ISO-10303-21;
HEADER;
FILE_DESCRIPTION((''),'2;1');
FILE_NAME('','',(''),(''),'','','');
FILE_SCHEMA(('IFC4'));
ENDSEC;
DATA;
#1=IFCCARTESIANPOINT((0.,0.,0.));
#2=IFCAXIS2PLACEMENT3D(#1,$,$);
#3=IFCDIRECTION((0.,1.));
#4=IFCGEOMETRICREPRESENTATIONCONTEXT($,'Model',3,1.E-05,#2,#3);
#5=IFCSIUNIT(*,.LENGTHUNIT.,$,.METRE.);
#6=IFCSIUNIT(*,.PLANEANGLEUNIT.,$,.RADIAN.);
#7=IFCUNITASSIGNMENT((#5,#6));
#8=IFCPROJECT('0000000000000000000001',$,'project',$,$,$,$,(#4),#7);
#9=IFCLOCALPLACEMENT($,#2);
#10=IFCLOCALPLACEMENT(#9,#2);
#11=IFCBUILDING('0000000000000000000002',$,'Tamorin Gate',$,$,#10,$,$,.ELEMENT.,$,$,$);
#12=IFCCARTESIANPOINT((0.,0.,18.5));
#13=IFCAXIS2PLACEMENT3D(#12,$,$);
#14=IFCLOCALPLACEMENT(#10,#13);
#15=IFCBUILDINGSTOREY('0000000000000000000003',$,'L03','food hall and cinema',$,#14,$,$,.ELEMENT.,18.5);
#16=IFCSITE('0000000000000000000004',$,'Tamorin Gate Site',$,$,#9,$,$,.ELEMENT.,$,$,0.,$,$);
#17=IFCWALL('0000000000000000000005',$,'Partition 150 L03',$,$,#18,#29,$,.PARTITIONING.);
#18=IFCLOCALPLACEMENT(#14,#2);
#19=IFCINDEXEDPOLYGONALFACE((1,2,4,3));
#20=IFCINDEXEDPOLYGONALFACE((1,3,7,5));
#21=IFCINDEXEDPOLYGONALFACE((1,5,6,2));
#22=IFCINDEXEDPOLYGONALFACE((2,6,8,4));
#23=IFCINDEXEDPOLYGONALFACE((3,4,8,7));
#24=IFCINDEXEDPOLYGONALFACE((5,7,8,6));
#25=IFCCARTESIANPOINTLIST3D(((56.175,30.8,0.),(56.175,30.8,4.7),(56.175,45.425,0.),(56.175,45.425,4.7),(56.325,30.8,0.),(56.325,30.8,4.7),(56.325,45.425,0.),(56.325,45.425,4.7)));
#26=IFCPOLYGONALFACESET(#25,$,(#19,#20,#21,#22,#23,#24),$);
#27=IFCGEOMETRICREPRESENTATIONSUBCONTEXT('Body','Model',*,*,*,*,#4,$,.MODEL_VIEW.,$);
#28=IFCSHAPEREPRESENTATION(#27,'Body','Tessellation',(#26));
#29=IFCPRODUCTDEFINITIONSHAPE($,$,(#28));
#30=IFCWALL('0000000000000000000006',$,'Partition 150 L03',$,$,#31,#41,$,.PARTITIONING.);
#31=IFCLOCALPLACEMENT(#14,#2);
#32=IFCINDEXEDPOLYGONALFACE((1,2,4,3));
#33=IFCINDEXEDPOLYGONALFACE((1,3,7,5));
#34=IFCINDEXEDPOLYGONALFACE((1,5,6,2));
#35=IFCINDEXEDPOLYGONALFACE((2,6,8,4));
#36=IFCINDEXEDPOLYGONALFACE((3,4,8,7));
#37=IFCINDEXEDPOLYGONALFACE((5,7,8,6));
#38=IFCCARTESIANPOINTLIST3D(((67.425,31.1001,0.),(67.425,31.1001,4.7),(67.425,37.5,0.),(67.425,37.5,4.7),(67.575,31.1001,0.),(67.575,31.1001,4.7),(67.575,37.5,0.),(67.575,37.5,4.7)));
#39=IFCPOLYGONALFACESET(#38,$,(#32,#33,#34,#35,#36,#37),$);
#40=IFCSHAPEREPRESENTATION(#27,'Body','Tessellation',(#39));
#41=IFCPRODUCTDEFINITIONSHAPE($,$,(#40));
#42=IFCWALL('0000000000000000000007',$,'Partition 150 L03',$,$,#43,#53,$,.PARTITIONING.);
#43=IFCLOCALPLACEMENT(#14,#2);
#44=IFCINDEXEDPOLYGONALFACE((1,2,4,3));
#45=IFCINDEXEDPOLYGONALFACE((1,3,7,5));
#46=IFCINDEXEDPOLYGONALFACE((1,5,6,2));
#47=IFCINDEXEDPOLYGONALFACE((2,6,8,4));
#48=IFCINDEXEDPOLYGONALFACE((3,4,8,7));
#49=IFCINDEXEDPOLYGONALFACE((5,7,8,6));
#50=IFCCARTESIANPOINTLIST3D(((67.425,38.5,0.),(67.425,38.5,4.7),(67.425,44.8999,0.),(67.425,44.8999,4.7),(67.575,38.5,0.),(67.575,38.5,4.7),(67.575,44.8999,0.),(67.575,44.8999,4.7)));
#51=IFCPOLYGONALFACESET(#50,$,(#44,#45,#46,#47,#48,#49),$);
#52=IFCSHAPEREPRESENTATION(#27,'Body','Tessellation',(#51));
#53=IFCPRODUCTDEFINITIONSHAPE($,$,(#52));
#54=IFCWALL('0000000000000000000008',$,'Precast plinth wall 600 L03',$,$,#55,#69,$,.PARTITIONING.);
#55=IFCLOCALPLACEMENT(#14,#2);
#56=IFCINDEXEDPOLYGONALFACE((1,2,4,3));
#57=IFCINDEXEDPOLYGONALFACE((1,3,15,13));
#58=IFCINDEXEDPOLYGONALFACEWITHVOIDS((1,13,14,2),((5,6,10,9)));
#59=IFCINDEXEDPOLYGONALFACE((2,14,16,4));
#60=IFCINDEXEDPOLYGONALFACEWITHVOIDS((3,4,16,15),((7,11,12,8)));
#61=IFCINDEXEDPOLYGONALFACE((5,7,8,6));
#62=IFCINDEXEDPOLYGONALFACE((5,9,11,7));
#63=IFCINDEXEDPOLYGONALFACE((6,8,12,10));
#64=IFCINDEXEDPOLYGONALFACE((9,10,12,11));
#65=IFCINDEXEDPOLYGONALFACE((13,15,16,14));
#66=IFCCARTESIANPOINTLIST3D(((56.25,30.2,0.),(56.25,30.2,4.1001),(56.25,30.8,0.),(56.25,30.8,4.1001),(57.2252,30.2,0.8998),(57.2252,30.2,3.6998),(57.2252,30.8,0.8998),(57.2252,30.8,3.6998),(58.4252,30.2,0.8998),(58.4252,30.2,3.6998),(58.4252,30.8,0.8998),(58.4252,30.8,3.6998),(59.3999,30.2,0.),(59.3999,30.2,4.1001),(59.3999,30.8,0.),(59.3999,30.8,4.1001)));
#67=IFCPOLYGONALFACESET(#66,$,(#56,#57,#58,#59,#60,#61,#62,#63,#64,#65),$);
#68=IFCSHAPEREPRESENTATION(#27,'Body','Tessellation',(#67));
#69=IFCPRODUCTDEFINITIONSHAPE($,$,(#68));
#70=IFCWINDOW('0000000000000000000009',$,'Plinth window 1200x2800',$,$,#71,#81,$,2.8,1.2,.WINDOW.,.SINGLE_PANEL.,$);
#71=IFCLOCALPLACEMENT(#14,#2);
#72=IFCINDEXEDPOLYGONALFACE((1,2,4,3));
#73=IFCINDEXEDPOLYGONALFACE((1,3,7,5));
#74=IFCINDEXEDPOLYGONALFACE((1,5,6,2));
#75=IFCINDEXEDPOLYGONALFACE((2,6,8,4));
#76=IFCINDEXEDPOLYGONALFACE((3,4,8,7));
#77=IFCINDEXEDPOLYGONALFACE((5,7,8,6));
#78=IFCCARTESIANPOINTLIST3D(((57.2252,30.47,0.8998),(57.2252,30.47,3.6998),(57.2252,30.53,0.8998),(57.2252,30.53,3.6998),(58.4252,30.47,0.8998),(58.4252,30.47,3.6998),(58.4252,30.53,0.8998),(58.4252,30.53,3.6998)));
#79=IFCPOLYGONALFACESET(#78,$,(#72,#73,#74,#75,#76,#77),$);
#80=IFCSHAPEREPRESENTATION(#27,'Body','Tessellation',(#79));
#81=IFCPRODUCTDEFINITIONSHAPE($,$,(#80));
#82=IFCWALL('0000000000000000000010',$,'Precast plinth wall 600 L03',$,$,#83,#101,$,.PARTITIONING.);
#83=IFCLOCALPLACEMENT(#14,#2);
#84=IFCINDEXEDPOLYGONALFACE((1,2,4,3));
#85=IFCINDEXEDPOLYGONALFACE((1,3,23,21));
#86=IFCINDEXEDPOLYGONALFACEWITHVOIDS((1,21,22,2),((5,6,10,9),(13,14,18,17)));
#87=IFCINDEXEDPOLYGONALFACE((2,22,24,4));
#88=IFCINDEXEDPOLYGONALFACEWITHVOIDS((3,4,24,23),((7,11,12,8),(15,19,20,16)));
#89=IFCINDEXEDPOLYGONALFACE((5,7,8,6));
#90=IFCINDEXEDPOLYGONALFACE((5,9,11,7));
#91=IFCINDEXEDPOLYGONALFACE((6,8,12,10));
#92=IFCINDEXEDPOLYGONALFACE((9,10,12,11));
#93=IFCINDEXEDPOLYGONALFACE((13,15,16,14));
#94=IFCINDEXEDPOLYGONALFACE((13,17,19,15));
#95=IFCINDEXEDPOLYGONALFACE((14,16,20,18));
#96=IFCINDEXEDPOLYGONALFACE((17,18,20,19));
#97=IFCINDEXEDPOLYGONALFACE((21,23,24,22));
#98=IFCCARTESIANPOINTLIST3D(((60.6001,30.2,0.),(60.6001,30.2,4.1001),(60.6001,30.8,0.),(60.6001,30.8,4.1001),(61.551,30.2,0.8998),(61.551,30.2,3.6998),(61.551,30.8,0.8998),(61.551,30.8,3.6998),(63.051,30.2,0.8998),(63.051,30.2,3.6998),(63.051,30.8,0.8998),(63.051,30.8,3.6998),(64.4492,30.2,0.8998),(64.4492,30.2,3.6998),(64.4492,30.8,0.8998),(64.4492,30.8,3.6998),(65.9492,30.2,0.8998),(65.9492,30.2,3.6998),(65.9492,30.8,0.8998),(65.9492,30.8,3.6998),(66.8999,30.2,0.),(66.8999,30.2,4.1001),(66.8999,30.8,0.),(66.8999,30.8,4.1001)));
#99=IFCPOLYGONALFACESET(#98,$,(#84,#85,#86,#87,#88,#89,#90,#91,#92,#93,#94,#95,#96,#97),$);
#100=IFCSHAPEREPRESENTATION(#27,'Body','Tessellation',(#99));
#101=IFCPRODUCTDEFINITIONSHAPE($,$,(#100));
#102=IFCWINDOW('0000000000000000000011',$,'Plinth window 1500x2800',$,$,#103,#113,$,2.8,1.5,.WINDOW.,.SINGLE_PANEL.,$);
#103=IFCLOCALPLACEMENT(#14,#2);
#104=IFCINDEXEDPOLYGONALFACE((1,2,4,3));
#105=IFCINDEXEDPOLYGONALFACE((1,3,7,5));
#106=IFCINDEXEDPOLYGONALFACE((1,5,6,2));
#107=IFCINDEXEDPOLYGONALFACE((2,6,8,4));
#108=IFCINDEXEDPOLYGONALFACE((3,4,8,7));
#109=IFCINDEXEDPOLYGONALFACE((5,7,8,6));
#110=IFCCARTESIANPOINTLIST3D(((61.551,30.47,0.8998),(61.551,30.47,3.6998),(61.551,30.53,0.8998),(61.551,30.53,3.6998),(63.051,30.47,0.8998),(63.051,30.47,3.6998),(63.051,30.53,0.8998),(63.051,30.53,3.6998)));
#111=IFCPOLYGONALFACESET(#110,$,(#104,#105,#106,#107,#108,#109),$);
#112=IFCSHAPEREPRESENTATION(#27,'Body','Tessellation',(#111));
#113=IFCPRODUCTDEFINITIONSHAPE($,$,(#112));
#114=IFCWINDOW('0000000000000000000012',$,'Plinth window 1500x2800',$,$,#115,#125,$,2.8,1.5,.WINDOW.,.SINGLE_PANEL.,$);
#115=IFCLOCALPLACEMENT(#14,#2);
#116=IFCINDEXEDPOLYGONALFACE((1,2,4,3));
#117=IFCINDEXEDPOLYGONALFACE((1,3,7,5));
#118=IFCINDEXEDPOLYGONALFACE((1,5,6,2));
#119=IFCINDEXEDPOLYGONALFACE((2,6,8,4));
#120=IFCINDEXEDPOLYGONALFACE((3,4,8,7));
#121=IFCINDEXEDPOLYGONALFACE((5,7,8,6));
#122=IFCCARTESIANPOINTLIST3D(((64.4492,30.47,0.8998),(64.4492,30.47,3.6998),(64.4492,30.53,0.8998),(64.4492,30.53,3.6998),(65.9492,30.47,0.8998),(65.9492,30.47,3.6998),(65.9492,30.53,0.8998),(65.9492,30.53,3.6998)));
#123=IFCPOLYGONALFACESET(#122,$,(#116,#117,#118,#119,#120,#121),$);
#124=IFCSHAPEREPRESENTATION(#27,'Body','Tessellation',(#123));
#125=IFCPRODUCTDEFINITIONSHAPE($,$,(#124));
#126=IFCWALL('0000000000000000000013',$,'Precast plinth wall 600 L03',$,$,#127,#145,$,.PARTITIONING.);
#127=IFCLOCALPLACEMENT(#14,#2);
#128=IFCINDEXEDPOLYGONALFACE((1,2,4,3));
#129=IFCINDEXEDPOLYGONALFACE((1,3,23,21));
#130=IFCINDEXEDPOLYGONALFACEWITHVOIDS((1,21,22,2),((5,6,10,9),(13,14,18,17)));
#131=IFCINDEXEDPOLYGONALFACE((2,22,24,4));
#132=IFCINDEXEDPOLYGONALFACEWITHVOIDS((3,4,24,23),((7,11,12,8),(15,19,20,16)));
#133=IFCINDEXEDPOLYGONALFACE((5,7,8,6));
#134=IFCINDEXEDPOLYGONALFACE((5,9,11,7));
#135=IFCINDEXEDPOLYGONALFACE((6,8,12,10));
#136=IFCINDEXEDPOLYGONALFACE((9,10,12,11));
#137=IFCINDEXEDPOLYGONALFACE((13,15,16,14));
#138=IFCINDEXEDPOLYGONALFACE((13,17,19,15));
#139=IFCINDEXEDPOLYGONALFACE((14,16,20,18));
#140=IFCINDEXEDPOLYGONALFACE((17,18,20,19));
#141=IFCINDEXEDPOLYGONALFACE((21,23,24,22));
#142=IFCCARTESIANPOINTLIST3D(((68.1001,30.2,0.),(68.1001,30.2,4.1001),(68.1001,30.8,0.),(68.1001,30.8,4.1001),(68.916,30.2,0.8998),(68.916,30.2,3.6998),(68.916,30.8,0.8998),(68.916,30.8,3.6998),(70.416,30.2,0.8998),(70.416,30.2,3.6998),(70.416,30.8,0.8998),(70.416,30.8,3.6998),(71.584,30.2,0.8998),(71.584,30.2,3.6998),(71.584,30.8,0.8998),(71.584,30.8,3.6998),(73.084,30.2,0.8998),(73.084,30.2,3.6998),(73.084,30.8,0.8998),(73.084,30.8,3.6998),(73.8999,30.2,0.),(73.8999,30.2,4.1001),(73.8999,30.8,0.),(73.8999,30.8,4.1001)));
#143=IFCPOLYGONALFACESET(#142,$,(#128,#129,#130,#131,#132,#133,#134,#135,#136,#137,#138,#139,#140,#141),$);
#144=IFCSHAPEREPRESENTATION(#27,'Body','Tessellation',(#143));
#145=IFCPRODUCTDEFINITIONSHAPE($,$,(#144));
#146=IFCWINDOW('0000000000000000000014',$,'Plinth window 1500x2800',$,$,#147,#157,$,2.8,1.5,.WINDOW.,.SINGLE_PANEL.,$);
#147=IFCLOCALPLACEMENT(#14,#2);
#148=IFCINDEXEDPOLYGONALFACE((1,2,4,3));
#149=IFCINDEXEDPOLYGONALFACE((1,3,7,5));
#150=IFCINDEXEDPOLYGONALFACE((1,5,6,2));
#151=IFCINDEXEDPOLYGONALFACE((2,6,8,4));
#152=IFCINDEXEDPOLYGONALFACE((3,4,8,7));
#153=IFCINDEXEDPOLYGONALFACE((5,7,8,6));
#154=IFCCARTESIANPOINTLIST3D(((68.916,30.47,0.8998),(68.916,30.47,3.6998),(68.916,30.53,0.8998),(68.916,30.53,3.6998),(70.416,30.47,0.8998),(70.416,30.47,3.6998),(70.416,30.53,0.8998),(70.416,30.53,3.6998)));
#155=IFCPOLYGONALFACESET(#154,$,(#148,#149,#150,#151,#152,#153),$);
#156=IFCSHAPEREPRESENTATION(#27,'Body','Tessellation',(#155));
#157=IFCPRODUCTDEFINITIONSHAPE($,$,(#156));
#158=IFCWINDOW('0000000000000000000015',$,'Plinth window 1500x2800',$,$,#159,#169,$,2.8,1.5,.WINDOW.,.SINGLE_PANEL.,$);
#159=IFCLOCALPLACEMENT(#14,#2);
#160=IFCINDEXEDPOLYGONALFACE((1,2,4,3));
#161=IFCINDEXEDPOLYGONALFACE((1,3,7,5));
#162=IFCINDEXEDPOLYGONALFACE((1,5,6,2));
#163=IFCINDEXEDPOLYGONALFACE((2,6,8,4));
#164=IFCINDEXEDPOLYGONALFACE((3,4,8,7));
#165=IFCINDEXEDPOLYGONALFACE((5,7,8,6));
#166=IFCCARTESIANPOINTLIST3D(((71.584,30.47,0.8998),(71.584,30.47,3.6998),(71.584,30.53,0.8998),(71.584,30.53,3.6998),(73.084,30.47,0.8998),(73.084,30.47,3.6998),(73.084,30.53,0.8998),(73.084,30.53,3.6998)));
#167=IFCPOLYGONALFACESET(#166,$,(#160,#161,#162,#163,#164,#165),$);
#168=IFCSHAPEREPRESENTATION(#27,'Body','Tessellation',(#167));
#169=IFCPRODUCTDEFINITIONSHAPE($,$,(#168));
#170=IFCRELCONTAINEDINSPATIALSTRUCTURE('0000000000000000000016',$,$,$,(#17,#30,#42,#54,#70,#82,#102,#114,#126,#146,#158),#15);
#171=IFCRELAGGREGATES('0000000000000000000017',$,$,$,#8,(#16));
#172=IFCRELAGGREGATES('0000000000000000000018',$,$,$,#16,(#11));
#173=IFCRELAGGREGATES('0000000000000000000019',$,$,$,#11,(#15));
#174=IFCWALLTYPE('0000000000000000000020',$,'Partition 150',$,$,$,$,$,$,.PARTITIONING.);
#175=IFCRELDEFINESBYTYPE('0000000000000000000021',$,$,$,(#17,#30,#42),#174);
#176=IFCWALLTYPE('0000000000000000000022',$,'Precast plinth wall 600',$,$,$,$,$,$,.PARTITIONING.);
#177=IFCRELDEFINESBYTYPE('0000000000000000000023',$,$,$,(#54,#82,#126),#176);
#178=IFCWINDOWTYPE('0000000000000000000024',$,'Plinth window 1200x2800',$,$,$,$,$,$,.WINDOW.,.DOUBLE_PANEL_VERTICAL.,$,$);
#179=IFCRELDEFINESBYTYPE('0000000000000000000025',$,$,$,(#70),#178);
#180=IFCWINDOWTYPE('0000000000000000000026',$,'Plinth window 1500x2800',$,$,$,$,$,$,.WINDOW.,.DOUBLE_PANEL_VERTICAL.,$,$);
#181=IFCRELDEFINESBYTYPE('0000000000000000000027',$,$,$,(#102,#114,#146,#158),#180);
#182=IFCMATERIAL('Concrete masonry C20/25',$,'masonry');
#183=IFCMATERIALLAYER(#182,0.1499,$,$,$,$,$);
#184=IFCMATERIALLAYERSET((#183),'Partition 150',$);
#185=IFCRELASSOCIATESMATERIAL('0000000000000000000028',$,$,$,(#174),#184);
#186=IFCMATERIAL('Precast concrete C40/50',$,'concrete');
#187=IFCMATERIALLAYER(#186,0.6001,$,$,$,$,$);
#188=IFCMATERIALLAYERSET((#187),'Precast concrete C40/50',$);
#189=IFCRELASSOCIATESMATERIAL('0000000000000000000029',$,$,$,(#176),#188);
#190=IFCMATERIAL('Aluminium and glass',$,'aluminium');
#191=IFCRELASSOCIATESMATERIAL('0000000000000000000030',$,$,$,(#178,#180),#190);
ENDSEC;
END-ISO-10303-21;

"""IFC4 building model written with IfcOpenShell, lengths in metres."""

from ifc_helpers import new_model, si_unit, direction, frame, frame_2d, origin, place, context, subcontext, project, spatial, rectangle, extrude, material, layer, layer_set, type_object, element, fill, save


model = new_model("IFC4")

# Units and contexts
model_context = context("Model", 3, precision=1e-05, world=origin(), true_north=direction((0.0, 1.0)))
body_context = subcontext(model_context, "Body", "Model", "MODEL_VIEW")
ifc_project = project(units=[si_unit("LENGTHUNIT", "METRE"), si_unit("PLANEANGLEUNIT", "RADIAN")], contexts=[model_context])

# Site, building, storey
site_placement = place(None, origin())
site = spatial("IfcSite", under=ifc_project, at=site_placement, Name="Tamorin Gate Site", CompositionType="ELEMENT", RefElevation=0.0)
building_placement = place(site_placement, origin())
building = spatial("IfcBuilding", under=site, at=building_placement, Name="Tamorin Gate", CompositionType="ELEMENT")
storey_placement = place(building_placement, frame((0.0, 0.0, 18.5)))
storey = spatial("IfcBuildingStorey", under=building, at=storey_placement, Name="L03", Description="food hall and cinema", CompositionType="ELEMENT", Elevation=18.5)

# Shared definitions
ifc_material_1 = material(Name="Concrete masonry C20/25", Category="masonry")
ifc_layer_1 = layer(ifc_material_1, 0.1499)
ifc_layer_set_1 = layer_set([ifc_layer_1], Name="Partition 150")
wall_type_1 = type_object("IfcWallType", Name="Partition 150", PredefinedType="PARTITIONING", material=ifc_layer_set_1)

# Walls
wall_1_placement = place(storey_placement, frame((56.25, 30.8, 0.0), z_axis=(0.0, 0.0, 1.0), x_axis=(0.0, 1.0, 0.0)))
element("IfcWall", 1, at=wall_1_placement, inside=storey, type_object=wall_type_1, Name="Partition 150 L03", PredefinedType="PARTITIONING", context=body_context, shape_type="SweptSolid", body=[
    extrude(rectangle(XDim=14.625, YDim=0.1499, at=frame_2d((7.3125, 0.0))), origin(), (0.0, 0.0, 1.0), 4.7),
])
for number, where, z_axis, x_axis, name in (
    (2, (67.5, 31.1001, 0.0), (0.0, 0.0, 1.0), (0.0, 1.0, 0.0), "Partition 150 L03"),
    (3, (67.5, 38.5, 0.0), (0.0, 0.0, 1.0), (0.0, 1.0, 0.0), "Partition 150 L03"),
):
    element("IfcWall", number, at=place(storey_placement, frame(where, z_axis=z_axis, x_axis=x_axis)), inside=storey, type_object=wall_type_1, Name=name, PredefinedType="PARTITIONING", context=body_context, shape_type="SweptSolid", body=[
        extrude(rectangle(XDim=6.3999, YDim=0.1499, at=frame_2d((3.2, 0.0))), origin(), (0.0, 0.0, 1.0), 4.7),
    ])

# Wall, opening, window
ifc_material_2 = material(Name="Precast concrete C40/50", Category="concrete")
ifc_layer_2 = layer(ifc_material_2, 0.6001)
ifc_layer_set_2 = layer_set([ifc_layer_2], Name="Precast concrete C40/50")
wall_type_2 = type_object("IfcWallType", Name="Precast plinth wall 600", PredefinedType="PARTITIONING", material=ifc_layer_set_2)
wall_2_placement = place(storey_placement, frame((56.25, 30.5, 0.0), z_axis=(0.0, 0.0, 1.0), x_axis=(1.0, 0.0, 0.0)))
wall_2 = element("IfcWall", 4, at=wall_2_placement, inside=storey, type_object=wall_type_2, Name="Precast plinth wall 600 L03", PredefinedType="PARTITIONING", context=body_context, shape_type="SweptSolid", body=[
    extrude(rectangle(XDim=3.1499, YDim=0.6001, at=frame_2d((1.575, 0.0))), origin(), (0.0, 0.0, 1.0), 4.1001),
])
opening_1_placement = place(wall_2_placement, frame((0.9751, 0.0, 0.8999)))
opening_1 = element("IfcOpeningElement", 5, at=opening_1_placement, cuts=wall_2, PredefinedType="OPENING", context=body_context, shape_type="SweptSolid", body=[
    extrude(rectangle(XDim=1.2, YDim=2.8, at=frame_2d((0.6001, 1.3999))), frame((0.0, 0.3101, 0.0), z_axis=(0.0, -1.0, 0.0), x_axis=(1.0, 0.0, 0.0)), (0.0, 0.0, 1.0), 0.6201),
])
ifc_material_3 = material(Name="Aluminium and glass", Category="aluminium")
window_type_1 = type_object("IfcWindowType", Name="Plinth window 1200x2800", PartitioningType="DOUBLE_PANEL_VERTICAL", PredefinedType="WINDOW", material=ifc_material_3)
window_1_placement = place(opening_1_placement, origin())
window_1 = element("IfcWindow", 6, at=window_1_placement, inside=storey, type_object=window_type_1, Name="Plinth window 1200x2800", OverallHeight=2.8, OverallWidth=1.2, PartitioningType="SINGLE_PANEL", PredefinedType="WINDOW", context=body_context, shape_type="SweptSolid", body=[
    extrude(rectangle(XDim=1.2, YDim=2.8, at=frame_2d((0.6001, 1.3999))), frame((0.0, 0.03, 0.0), z_axis=(0.0, -1.0, 0.0), x_axis=(1.0, 0.0, 0.0)), (0.0, 0.0, 1.0), 0.0601),
])
fill(opening_1, window_1)

# Walls, openings, windows
wall_3_placement = place(storey_placement, frame((60.6001, 30.5, 0.0), z_axis=(0.0, 0.0, 1.0), x_axis=(1.0, 0.0, 0.0)))
wall_3 = element("IfcWall", 7, at=wall_3_placement, inside=storey, type_object=wall_type_2, Name="Precast plinth wall 600 L03", PredefinedType="PARTITIONING", context=body_context, shape_type="SweptSolid", body=[
    extrude(rectangle(XDim=6.2998, YDim=0.6001, at=frame_2d((3.1499, 0.0))), origin(), (0.0, 0.0, 1.0), 4.1001),
])
opening_2_placement = place(wall_3_placement, frame((0.9509, 0.0, 0.8999)))
opening_2 = element("IfcOpeningElement", 8, at=opening_2_placement, cuts=wall_3, PredefinedType="OPENING", context=body_context, shape_type="SweptSolid", body=[
    extrude(rectangle(XDim=1.5, YDim=2.8, at=frame_2d((0.75, 1.3999))), frame((0.0, 0.3101, 0.0), z_axis=(0.0, -1.0, 0.0), x_axis=(1.0, 0.0, 0.0)), (0.0, 0.0, 1.0), 0.6201),
])
opening_3_placement = place(wall_3_placement, frame((3.8491, 0.0, 0.8999)))
opening_3 = element("IfcOpeningElement", 9, at=opening_3_placement, cuts=wall_3, PredefinedType="OPENING", context=body_context, shape_type="SweptSolid", body=[
    extrude(rectangle(XDim=1.5, YDim=2.8, at=frame_2d((0.75, 1.3999))), frame((0.0, 0.3101, 0.0), z_axis=(0.0, -1.0, 0.0), x_axis=(1.0, 0.0, 0.0)), (0.0, 0.0, 1.0), 0.6201),
])
window_type_2 = type_object("IfcWindowType", Name="Plinth window 1500x2800", PartitioningType="DOUBLE_PANEL_VERTICAL", PredefinedType="WINDOW", material=ifc_material_3)
window_2_placement = place(opening_2_placement, origin())
window_2 = element("IfcWindow", 10, at=window_2_placement, inside=storey, type_object=window_type_2, Name="Plinth window 1500x2800", OverallHeight=2.8, OverallWidth=1.5, PartitioningType="SINGLE_PANEL", PredefinedType="WINDOW", context=body_context, shape_type="SweptSolid", body=[
    extrude(rectangle(XDim=1.5, YDim=2.8, at=frame_2d((0.75, 1.3999))), frame((0.0, 0.03, 0.0), z_axis=(0.0, -1.0, 0.0), x_axis=(1.0, 0.0, 0.0)), (0.0, 0.0, 1.0), 0.0601),
])
fill(opening_2, window_2)
window_3_placement = place(opening_3_placement, origin())
window_3 = element("IfcWindow", 11, at=window_3_placement, inside=storey, type_object=window_type_2, Name="Plinth window 1500x2800", OverallHeight=2.8, OverallWidth=1.5, PartitioningType="SINGLE_PANEL", PredefinedType="WINDOW", context=body_context, shape_type="SweptSolid", body=[
    extrude(rectangle(XDim=1.5, YDim=2.8, at=frame_2d((0.75, 1.3999))), frame((0.0, 0.03, 0.0), z_axis=(0.0, -1.0, 0.0), x_axis=(1.0, 0.0, 0.0)), (0.0, 0.0, 1.0), 0.0601),
])
fill(opening_3, window_3)
wall_4_placement = place(storey_placement, frame((68.1001, 30.5, 0.0), z_axis=(0.0, 0.0, 1.0), x_axis=(1.0, 0.0, 0.0)))
wall_4 = element("IfcWall", 12, at=wall_4_placement, inside=storey, type_object=wall_type_2, Name="Precast plinth wall 600 L03", PredefinedType="PARTITIONING", context=body_context, shape_type="SweptSolid", body=[
    extrude(rectangle(XDim=5.7998, YDim=0.6001, at=frame_2d((2.8999, 0.0))), origin(), (0.0, 0.0, 1.0), 4.1001),
])
opening_4_placement = place(wall_4_placement, frame((0.8159, 0.0, 0.8999)))
opening_4 = element("IfcOpeningElement", 13, at=opening_4_placement, cuts=wall_4, PredefinedType="OPENING", context=body_context, shape_type="SweptSolid", body=[
    extrude(rectangle(XDim=1.5, YDim=2.8, at=frame_2d((0.75, 1.3999))), frame((0.0, 0.3101, 0.0), z_axis=(0.0, -1.0, 0.0), x_axis=(1.0, 0.0, 0.0)), (0.0, 0.0, 1.0), 0.6201),
])
opening_5_placement = place(wall_4_placement, frame((3.4839, 0.0, 0.8999)))
opening_5 = element("IfcOpeningElement", 14, at=opening_5_placement, cuts=wall_4, PredefinedType="OPENING", context=body_context, shape_type="SweptSolid", body=[
    extrude(rectangle(XDim=1.5, YDim=2.8, at=frame_2d((0.75, 1.3999))), frame((0.0, 0.3101, 0.0), z_axis=(0.0, -1.0, 0.0), x_axis=(1.0, 0.0, 0.0)), (0.0, 0.0, 1.0), 0.6201),
])
window_4_placement = place(opening_4_placement, origin())
window_4 = element("IfcWindow", 15, at=window_4_placement, inside=storey, type_object=window_type_2, Name="Plinth window 1500x2800", OverallHeight=2.8, OverallWidth=1.5, PartitioningType="SINGLE_PANEL", PredefinedType="WINDOW", context=body_context, shape_type="SweptSolid", body=[
    extrude(rectangle(XDim=1.5, YDim=2.8, at=frame_2d((0.75, 1.3999))), frame((0.0, 0.03, 0.0), z_axis=(0.0, -1.0, 0.0), x_axis=(1.0, 0.0, 0.0)), (0.0, 0.0, 1.0), 0.0601),
])
fill(opening_4, window_4)
window_5_placement = place(opening_5_placement, origin())
window_5 = element("IfcWindow", 16, at=window_5_placement, inside=storey, type_object=window_type_2, Name="Plinth window 1500x2800", OverallHeight=2.8, OverallWidth=1.5, PartitioningType="SINGLE_PANEL", PredefinedType="WINDOW", context=body_context, shape_type="SweptSolid", body=[
    extrude(rectangle(XDim=1.5, YDim=2.8, at=frame_2d((0.75, 1.3999))), frame((0.0, 0.03, 0.0), z_axis=(0.0, -1.0, 0.0), x_axis=(1.0, 0.0, 0.0)), (0.0, 0.0, 1.0), 0.0601),
])
fill(opening_5, window_5)

save(model, "model.ifc")
